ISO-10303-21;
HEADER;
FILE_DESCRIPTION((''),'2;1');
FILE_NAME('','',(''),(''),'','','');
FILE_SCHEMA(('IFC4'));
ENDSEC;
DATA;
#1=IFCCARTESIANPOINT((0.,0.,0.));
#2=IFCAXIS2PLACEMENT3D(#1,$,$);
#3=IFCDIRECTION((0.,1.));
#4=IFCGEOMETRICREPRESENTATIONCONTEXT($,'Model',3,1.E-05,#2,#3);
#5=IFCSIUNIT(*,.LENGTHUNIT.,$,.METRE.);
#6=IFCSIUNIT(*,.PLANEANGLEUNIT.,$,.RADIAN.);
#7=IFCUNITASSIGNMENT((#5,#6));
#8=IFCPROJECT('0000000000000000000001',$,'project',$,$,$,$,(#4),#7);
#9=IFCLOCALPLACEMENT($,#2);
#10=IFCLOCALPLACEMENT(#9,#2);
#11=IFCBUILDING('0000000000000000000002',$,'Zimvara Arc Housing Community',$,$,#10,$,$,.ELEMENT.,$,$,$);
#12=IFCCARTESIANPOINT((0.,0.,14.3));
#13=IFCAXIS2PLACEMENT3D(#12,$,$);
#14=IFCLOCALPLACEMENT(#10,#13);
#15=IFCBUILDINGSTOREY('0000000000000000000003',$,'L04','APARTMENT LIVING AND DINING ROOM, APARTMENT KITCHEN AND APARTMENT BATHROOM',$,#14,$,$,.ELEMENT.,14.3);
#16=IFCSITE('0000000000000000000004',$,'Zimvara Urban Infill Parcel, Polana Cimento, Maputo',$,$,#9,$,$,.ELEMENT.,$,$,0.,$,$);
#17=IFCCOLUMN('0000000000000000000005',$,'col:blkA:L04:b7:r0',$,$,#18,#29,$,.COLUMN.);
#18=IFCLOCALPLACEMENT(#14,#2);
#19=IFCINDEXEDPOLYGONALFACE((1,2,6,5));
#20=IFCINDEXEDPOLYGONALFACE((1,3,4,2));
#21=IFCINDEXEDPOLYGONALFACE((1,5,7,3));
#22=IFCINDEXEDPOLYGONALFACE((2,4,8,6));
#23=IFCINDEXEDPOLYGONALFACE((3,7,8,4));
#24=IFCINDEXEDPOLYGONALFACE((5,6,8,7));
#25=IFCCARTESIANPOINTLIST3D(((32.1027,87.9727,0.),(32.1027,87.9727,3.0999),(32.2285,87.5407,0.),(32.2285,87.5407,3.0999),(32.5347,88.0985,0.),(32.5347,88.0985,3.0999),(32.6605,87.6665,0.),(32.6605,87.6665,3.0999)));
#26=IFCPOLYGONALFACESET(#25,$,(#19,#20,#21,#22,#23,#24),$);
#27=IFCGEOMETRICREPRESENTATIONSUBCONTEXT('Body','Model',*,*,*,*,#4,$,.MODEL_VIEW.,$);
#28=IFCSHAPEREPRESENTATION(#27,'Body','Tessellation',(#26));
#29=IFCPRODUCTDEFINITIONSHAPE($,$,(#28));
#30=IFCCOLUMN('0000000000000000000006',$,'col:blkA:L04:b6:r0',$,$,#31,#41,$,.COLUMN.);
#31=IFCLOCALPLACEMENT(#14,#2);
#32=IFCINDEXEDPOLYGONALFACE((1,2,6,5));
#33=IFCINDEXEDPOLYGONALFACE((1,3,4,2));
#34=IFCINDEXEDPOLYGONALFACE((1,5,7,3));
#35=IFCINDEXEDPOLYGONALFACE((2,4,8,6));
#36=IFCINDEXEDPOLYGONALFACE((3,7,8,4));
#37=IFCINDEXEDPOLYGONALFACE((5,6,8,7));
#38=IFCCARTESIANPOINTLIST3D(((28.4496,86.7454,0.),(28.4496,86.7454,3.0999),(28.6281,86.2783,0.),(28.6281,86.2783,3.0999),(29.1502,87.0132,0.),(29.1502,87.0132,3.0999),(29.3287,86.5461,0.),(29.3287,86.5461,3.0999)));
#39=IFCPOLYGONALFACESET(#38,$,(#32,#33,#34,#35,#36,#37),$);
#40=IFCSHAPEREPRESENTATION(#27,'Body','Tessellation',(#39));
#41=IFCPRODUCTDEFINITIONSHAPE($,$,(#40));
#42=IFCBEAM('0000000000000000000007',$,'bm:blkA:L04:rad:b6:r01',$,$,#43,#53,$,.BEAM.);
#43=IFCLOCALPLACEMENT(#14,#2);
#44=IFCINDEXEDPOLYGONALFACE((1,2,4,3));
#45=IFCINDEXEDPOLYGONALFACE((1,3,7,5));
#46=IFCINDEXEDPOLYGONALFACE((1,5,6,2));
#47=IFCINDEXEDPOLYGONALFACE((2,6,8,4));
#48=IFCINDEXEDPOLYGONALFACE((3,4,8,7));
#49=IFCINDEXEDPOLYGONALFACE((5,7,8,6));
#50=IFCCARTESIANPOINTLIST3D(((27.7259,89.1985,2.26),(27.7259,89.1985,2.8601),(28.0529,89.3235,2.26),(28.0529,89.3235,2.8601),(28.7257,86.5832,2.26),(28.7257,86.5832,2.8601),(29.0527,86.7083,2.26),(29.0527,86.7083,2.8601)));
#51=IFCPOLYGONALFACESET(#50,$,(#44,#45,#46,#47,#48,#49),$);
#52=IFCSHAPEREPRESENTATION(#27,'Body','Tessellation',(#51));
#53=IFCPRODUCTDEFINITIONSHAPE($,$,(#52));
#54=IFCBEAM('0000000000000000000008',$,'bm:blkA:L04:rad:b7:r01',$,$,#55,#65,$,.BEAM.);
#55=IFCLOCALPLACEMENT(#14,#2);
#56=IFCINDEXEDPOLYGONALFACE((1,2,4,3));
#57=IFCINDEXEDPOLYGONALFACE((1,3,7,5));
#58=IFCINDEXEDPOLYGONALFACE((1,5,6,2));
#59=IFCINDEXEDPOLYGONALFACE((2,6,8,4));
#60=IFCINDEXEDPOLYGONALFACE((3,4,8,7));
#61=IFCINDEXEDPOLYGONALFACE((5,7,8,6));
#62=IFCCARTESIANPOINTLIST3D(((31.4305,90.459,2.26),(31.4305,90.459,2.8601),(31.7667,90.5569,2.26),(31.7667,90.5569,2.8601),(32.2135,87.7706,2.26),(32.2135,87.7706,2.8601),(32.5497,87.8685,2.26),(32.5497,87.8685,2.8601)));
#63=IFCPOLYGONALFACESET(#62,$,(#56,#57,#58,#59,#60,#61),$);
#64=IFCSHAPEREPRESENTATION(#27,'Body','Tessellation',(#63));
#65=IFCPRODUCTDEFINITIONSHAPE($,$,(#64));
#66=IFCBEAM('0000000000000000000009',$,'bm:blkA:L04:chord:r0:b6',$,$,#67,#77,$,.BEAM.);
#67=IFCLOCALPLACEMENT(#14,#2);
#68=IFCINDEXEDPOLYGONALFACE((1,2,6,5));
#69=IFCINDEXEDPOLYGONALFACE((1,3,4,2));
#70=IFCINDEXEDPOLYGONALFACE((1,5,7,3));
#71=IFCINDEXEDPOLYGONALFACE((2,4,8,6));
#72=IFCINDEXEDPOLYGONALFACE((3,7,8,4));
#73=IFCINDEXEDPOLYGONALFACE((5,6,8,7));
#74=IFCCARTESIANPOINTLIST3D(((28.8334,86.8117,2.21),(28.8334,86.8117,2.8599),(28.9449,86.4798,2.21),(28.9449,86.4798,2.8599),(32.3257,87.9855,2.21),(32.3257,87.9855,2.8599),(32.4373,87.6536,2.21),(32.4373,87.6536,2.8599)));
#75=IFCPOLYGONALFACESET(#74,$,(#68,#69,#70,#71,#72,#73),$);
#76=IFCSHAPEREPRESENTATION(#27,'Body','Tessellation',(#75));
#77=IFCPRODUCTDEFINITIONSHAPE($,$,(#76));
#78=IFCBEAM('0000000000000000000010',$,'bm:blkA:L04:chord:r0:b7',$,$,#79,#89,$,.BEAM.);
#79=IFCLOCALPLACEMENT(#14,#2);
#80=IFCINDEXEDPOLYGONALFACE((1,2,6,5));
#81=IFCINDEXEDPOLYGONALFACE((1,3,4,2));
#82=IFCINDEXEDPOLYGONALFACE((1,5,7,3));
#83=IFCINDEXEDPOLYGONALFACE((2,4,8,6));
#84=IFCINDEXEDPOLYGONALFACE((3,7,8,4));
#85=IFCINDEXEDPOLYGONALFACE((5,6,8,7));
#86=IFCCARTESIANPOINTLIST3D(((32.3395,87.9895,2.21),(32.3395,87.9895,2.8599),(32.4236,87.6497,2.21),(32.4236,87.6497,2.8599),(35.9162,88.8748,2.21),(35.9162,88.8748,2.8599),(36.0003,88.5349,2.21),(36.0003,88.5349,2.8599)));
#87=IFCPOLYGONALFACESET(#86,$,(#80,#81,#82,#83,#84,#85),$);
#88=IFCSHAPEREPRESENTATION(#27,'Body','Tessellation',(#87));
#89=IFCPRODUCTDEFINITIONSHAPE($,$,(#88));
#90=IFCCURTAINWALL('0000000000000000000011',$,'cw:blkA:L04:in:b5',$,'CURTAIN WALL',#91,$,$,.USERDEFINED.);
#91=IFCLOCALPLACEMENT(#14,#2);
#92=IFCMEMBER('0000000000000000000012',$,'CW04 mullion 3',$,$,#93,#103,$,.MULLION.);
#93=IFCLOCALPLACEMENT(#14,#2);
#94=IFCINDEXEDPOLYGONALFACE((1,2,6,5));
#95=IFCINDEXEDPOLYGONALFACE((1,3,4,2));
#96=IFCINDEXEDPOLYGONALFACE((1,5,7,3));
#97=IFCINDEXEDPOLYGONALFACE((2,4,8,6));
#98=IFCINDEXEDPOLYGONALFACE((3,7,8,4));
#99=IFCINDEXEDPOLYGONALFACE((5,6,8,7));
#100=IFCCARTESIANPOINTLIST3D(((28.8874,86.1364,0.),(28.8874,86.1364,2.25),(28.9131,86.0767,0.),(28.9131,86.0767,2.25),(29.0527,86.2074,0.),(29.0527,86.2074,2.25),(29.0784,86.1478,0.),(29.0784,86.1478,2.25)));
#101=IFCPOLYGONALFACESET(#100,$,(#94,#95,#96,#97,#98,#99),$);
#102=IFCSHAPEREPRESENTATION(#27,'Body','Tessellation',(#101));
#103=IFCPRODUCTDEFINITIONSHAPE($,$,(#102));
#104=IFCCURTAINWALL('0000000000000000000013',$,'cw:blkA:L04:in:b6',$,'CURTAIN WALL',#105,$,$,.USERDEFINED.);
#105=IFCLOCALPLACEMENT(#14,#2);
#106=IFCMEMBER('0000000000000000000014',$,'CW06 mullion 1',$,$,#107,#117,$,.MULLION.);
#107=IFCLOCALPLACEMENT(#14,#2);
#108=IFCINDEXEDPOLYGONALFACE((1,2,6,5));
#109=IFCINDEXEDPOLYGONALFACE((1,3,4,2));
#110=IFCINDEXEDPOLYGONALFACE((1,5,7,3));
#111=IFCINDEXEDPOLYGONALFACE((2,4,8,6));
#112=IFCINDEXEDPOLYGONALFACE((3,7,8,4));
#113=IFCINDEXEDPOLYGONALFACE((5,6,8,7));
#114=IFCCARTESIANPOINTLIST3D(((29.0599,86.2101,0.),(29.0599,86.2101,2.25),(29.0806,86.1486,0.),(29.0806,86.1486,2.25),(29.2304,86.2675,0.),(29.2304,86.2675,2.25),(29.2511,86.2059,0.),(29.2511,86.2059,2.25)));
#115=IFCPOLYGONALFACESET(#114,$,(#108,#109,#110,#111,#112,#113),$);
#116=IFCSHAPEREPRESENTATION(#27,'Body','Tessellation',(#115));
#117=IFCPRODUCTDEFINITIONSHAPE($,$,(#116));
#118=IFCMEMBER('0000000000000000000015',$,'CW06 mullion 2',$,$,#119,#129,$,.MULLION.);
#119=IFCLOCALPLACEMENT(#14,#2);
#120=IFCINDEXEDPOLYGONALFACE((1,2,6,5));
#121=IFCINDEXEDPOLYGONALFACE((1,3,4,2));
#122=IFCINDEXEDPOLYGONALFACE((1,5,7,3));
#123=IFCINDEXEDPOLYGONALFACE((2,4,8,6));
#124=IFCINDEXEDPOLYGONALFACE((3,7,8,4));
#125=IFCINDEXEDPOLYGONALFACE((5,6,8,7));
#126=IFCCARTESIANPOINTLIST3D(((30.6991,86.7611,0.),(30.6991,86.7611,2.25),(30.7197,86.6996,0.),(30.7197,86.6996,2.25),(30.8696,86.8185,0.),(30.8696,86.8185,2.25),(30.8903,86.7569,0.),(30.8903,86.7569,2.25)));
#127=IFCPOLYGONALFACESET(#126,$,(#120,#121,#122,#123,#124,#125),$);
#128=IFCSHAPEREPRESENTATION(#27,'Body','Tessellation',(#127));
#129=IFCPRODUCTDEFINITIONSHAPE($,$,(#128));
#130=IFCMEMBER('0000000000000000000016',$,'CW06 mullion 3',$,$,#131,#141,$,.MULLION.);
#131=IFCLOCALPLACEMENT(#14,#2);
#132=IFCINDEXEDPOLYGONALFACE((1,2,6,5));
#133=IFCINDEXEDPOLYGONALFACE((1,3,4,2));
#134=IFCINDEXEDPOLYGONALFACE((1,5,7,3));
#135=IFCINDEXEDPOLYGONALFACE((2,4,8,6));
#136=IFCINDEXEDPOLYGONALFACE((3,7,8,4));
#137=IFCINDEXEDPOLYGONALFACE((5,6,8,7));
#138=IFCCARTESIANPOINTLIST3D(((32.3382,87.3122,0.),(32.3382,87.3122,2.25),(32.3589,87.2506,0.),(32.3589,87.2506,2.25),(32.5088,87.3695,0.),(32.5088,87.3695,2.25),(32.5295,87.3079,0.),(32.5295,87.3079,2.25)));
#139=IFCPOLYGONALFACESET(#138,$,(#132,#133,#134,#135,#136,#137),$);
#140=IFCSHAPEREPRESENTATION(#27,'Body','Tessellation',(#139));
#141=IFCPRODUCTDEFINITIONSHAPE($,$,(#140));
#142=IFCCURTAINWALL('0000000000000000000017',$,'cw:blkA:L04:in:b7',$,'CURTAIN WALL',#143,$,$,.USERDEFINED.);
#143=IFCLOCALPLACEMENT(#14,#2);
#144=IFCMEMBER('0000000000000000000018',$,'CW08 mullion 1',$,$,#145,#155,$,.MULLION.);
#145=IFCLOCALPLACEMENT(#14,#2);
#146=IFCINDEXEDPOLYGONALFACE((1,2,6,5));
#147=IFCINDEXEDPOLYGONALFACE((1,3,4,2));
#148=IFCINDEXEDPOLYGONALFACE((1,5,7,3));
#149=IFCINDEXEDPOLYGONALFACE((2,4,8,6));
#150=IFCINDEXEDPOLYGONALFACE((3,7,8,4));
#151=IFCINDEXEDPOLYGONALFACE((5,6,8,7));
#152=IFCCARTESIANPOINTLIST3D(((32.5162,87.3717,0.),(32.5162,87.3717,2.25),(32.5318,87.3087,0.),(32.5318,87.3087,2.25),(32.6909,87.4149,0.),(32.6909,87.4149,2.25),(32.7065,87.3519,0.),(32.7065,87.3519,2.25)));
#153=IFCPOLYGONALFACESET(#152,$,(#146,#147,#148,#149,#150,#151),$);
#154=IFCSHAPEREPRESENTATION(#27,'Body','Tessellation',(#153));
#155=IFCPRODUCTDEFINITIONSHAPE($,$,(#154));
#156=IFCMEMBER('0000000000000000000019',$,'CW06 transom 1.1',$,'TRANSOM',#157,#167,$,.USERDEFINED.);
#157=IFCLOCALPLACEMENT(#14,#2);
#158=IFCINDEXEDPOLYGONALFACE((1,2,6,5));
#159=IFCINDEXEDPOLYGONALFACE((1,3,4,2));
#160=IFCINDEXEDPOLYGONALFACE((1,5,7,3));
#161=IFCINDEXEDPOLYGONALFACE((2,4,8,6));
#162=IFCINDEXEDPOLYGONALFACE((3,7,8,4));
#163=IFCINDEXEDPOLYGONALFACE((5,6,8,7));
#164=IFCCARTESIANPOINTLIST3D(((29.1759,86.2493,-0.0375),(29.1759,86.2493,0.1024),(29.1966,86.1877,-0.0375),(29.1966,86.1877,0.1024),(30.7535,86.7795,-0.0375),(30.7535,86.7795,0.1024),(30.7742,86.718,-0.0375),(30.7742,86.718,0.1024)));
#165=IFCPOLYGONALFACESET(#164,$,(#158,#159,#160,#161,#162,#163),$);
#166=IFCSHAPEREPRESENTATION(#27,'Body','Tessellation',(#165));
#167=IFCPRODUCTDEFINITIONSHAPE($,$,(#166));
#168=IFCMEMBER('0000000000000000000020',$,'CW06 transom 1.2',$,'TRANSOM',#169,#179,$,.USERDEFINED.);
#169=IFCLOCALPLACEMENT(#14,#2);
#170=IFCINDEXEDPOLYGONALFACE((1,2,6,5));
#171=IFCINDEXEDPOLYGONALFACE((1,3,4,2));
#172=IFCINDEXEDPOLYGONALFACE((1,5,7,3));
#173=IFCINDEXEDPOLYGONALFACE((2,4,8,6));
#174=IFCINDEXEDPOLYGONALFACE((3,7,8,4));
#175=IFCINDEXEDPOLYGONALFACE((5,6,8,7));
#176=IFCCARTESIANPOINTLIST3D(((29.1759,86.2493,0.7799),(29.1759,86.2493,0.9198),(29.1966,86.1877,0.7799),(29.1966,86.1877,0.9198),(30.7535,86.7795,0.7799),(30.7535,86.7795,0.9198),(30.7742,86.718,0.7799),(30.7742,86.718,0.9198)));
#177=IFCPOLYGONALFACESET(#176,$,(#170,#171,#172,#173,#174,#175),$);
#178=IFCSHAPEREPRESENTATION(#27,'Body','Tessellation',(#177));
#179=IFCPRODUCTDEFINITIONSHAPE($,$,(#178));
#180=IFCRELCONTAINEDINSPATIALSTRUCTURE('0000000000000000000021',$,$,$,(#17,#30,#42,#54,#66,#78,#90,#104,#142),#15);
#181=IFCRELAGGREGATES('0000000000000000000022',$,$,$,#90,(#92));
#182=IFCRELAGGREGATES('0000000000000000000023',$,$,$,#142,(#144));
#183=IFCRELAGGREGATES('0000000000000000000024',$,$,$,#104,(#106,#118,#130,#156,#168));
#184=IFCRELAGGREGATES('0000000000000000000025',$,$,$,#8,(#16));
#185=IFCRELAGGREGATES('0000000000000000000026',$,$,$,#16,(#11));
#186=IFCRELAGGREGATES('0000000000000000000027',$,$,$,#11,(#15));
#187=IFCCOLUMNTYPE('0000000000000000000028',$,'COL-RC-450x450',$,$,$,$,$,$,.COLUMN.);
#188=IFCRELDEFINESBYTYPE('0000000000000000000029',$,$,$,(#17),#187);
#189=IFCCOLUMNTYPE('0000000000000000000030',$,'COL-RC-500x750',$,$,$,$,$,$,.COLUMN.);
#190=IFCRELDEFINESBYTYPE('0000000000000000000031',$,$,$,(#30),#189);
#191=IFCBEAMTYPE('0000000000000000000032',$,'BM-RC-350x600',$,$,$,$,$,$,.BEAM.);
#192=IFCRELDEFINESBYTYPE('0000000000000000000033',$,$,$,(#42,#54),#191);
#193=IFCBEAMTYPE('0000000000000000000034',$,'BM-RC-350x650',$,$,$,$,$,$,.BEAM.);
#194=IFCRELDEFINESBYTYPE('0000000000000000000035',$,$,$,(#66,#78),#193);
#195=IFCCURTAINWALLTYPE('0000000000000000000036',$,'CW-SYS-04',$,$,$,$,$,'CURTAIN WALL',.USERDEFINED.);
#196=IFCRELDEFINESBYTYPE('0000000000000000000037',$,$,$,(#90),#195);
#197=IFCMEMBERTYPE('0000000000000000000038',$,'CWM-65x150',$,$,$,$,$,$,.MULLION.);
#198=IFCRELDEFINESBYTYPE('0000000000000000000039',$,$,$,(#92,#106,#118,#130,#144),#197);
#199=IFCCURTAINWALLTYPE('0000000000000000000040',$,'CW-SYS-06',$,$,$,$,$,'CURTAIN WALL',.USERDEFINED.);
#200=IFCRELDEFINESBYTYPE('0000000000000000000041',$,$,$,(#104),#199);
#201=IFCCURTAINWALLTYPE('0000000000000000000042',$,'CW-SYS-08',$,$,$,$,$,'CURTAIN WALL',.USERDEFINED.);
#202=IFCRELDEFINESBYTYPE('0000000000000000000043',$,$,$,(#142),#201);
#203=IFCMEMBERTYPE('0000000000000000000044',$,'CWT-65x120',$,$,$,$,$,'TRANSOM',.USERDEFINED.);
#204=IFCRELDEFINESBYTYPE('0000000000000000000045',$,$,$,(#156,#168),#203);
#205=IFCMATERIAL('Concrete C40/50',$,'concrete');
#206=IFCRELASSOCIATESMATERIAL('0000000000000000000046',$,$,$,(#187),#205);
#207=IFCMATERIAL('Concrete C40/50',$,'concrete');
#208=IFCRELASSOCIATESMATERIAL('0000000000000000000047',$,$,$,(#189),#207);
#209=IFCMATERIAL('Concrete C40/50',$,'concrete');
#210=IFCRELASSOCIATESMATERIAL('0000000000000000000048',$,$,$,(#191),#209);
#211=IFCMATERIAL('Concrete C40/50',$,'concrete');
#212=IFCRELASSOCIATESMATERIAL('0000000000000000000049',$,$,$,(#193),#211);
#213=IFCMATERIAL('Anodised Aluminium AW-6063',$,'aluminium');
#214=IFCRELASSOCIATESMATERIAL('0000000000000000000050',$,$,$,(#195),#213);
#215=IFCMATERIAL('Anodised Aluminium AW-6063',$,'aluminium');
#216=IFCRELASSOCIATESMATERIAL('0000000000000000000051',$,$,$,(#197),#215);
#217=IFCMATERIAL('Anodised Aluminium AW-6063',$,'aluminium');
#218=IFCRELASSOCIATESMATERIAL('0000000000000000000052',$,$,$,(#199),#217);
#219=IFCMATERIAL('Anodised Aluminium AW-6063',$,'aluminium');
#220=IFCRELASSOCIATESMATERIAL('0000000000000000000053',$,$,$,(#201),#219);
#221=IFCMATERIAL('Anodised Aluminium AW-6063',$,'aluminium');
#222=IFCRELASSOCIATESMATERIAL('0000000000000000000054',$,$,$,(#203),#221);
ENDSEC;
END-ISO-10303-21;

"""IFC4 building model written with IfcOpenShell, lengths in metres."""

from ifc_helpers import new_model, si_unit, direction, frame, origin, origin_2d, place, context, subcontext, project, spatial, rectangle, extrude, material, material_profile, profile_set, type_object, element, aggregate, save


model = new_model("IFC4")

# Units and contexts
model_context = context("Model", 3, precision=1e-05, world=origin(), true_north=direction((0.0, 1.0)))
body_context = subcontext(model_context, "Body", "Model", "MODEL_VIEW")
ifc_project = project(units=[si_unit("LENGTHUNIT", "METRE"), si_unit("PLANEANGLEUNIT", "RADIAN")], contexts=[model_context])

# Site, building, storey
site_placement = place(None, origin())
site = spatial("IfcSite", under=ifc_project, at=site_placement, Name="Zimvara Urban Infill Parcel, Polana Cimento, Maputo", CompositionType="ELEMENT", RefElevation=0.0)
building_placement = place(site_placement, origin())
building = spatial("IfcBuilding", under=site, at=building_placement, Name="Zimvara Arc Housing Community", CompositionType="ELEMENT")
storey_placement = place(building_placement, frame((0.0, 0.0, 14.3)))
storey = spatial("IfcBuildingStorey", under=building, at=storey_placement, Name="L04", Description="APARTMENT LIVING AND DINING ROOM, APARTMENT KITCHEN AND APARTMENT BATHROOM", CompositionType="ELEMENT", Elevation=14.3)

# Columns
ifc_material_1 = material(Name="Concrete C40/50", Category="concrete")
ifc_material_profile_1 = material_profile(ifc_material_1, rectangle(XDim=0.45, YDim=0.45, at=origin_2d()), Name="RC 450x450")
ifc_profile_set_1 = profile_set([ifc_material_profile_1], Name="Concrete C40/50")
column_type_1 = type_object("IfcColumnType", Name="COL-RC-450x450", PredefinedType="COLUMN", material=ifc_profile_set_1)
column_1_placement = place(storey_placement, frame((32.3816, 87.8196, 0.0), z_axis=(0.0, 0.0, 1.0), x_axis=(-0.279661, 0.960099, 0.0)))
element("IfcColumn", 1, at=column_1_placement, inside=storey, type_object=column_type_1, Name="col:blkA:L04:b7:r0", PredefinedType="COLUMN", context=body_context, shape_type="SweptSolid", body=[
    extrude(rectangle(XDim=0.45, YDim=0.45, at=origin_2d()), origin(), (0.0, 0.0, 1.0), 3.0999),
])
ifc_material_2 = material(Name="Concrete C40/50", Category="concrete")
ifc_material_profile_2 = material_profile(ifc_material_2, rectangle(XDim=0.5, YDim=0.75, at=origin_2d()), Name="RC 500x750")
ifc_profile_set_2 = profile_set([ifc_material_profile_2], Name="Concrete C40/50")
column_type_2 = type_object("IfcColumnType", Name="COL-RC-500x750", PredefinedType="COLUMN", material=ifc_profile_set_2)
column_2_placement = place(storey_placement, frame((28.8892, 86.6458, 0.0), z_axis=(0.0, 0.0, 1.0), x_axis=(-0.357064, 0.93408, 0.0)))
element("IfcColumn", 2, at=column_2_placement, inside=storey, type_object=column_type_2, Name="col:blkA:L04:b6:r0", PredefinedType="COLUMN", context=body_context, shape_type="SweptSolid", body=[
    extrude(rectangle(XDim=0.5, YDim=0.75, at=origin_2d()), origin(), (0.0, 0.0, 1.0), 3.0999),
])

# Beams
ifc_material_3 = material(Name="Concrete C40/50", Category="concrete")
ifc_material_profile_3 = material_profile(ifc_material_3, rectangle(XDim=0.3501, YDim=0.6001, at=origin_2d()), Name="RC 350x600")
ifc_profile_set_3 = profile_set([ifc_material_profile_3], Name="Concrete C40/50")
beam_type_1 = type_object("IfcBeamType", Name="BM-RC-350x600", PredefinedType="BEAM", material=ifc_profile_set_3)
beam_1_placement = place(storey_placement, frame((28.8892, 86.6458, 2.5601), z_axis=(-0.357079, 0.934074, 0.0), x_axis=(-0.934074, -0.357079, 0.0)))
element("IfcBeam", 3, at=beam_1_placement, inside=storey, type_object=beam_type_1, Name="bm:blkA:L04:rad:b6:r01", PredefinedType="BEAM", context=body_context, shape_type="SweptSolid", body=[
    extrude(rectangle(XDim=0.3501, YDim=0.6001, at=origin_2d()), origin(), (0.0, 0.0, 1.0), 2.7998),
])
beam_2_placement = place(storey_placement, frame((32.3816, 87.8196, 2.5601), z_axis=(-0.279635, 0.960106, 0.0), x_axis=(-0.960106, -0.279635, 0.0)))
element("IfcBeam", 4, at=beam_2_placement, inside=storey, type_object=beam_type_1, Name="bm:blkA:L04:rad:b7:r01", PredefinedType="BEAM", context=body_context, shape_type="SweptSolid", body=[
    extrude(rectangle(XDim=0.3501, YDim=0.6001, at=origin_2d()), origin(), (0.0, 0.0, 1.0), 2.8),
])
ifc_material_4 = material(Name="Concrete C40/50", Category="concrete")
ifc_material_profile_4 = material_profile(ifc_material_4, rectangle(XDim=0.3501, YDim=0.6499, at=origin_2d()), Name="RC 350x650")
ifc_profile_set_4 = profile_set([ifc_material_profile_4], Name="Concrete C40/50")
beam_type_2 = type_object("IfcBeamType", Name="BM-RC-350x650", PredefinedType="BEAM", material=ifc_profile_set_4)
beam_3_placement = place(storey_placement, frame((28.8892, 86.6458, 2.5349), z_axis=(0.947892, 0.318592, 0.0), x_axis=(-0.318592, 0.947892, 0.0)))
element("IfcBeam", 5, at=beam_3_placement, inside=storey, type_object=beam_type_2, Name="bm:blkA:L04:chord:r0:b6", PredefinedType="BEAM", context=body_context, shape_type="SweptSolid", body=[
    extrude(rectangle(XDim=0.3501, YDim=0.6499, at=origin_2d()), origin(), (0.0, 0.0, 1.0), 3.6843),
])
beam_4_placement = place(storey_placement, frame((32.3816, 87.8196, 2.5349), z_axis=(0.970709, 0.240259, 0.0), x_axis=(-0.240259, 0.970709, 0.0)))
element("IfcBeam", 6, at=beam_4_placement, inside=storey, type_object=beam_type_2, Name="bm:blkA:L04:chord:r0:b7", PredefinedType="BEAM", context=body_context, shape_type="SweptSolid", body=[
    extrude(rectangle(XDim=0.3501, YDim=0.6499, at=origin_2d()), origin(), (0.0, 0.0, 1.0), 3.6846),
])

# Curtain wall, member
ifc_material_5 = material(Name="Anodised Aluminium AW-6063", Category="aluminium")
curtain_wall_type_1 = type_object("IfcCurtainWallType", Name="CW-SYS-04", ElementType="CURTAIN WALL", PredefinedType="USERDEFINED", material=ifc_material_5)
curtain_wall_1_placement = place(storey_placement, origin())
curtain_wall_1 = element("IfcCurtainWall", 7, at=curtain_wall_1_placement, inside=storey, type_object=curtain_wall_type_1, Name="cw:blkA:L04:in:b5", ObjectType="CURTAIN WALL", PredefinedType="USERDEFINED")
ifc_material_6 = material(Name="Anodised Aluminium AW-6063", Category="aluminium")
ifc_material_profile_5 = material_profile(ifc_material_6, rectangle(XDim=0.0649, YDim=0.1799, at=origin_2d()), Name="ALU 65x180")
ifc_profile_set_5 = profile_set([ifc_material_profile_5], Name="Anodised Aluminium AW-6063")
member_type_1 = type_object("IfcMemberType", Name="CWM-65x150", PredefinedType="MULLION", material=ifc_profile_set_5)
member_1_placement = place(storey_placement, frame((28.9829, 86.1421, 0.0), z_axis=(0.0, 0.0, 1.0), x_axis=(-0.394904, 0.918722, 0.0)))
member_1 = element("IfcMember", 8, at=member_1_placement, type_object=member_type_1, Name="CW04 mullion 3", PredefinedType="MULLION", context=body_context, shape_type="SweptSolid", body=[
    extrude(rectangle(XDim=0.0649, YDim=0.1799, at=origin_2d()), origin(), (0.0, 0.0, 1.0), 2.25),
])
aggregate(curtain_wall_1, [member_1])

# Curtain wall, members
ifc_material_7 = material(Name="Anodised Aluminium AW-6063", Category="aluminium")
curtain_wall_type_2 = type_object("IfcCurtainWallType", Name="CW-SYS-06", ElementType="CURTAIN WALL", PredefinedType="USERDEFINED", material=ifc_material_7)
curtain_wall_2_placement = place(storey_placement, origin())
curtain_wall_2 = element("IfcCurtainWall", 9, at=curtain_wall_2_placement, inside=storey, type_object=curtain_wall_type_2, Name="cw:blkA:L04:in:b6", ObjectType="CURTAIN WALL", PredefinedType="USERDEFINED")
member_2_placement = place(storey_placement, frame((29.1555, 86.208, 0.0), z_axis=(0.0, 0.0, 1.0), x_axis=(-0.31863, 0.947879, 0.0)))
member_2 = element("IfcMember", 10, at=member_2_placement, type_object=member_type_1, Name="CW06 mullion 1", PredefinedType="MULLION", context=body_context, shape_type="SweptSolid", body=[
    extrude(rectangle(XDim=0.0649, YDim=0.1799, at=origin_2d()), origin(), (0.0, 0.0, 1.0), 2.25),
])
member_3_placement = place(storey_placement, frame((30.7947, 86.759, 0.0), z_axis=(0.0, 0.0, 1.0), x_axis=(-0.31863, 0.947879, 0.0)))
member_3 = element("IfcMember", 11, at=member_3_placement, type_object=member_type_1, Name="CW06 mullion 2", PredefinedType="MULLION", context=body_context, shape_type="SweptSolid", body=[
    extrude(rectangle(XDim=0.0649, YDim=0.1799, at=origin_2d()), origin(), (0.0, 0.0, 1.0), 2.25),
])
member_4_placement = place(storey_placement, frame((32.4338, 87.3101, 0.0), z_axis=(0.0, 0.0, 1.0), x_axis=(-0.31863, 0.947879, 0.0)))
member_4 = element("IfcMember", 12, at=member_4_placement, type_object=member_type_1, Name="CW06 mullion 3", PredefinedType="MULLION", context=body_context, shape_type="SweptSolid", body=[
    extrude(rectangle(XDim=0.0649, YDim=0.1799, at=origin_2d()), origin(), (0.0, 0.0, 1.0), 2.25),
])

# Curtain wall, member
ifc_material_8 = material(Name="Anodised Aluminium AW-6063", Category="aluminium")
curtain_wall_type_3 = type_object("IfcCurtainWallType", Name="CW-SYS-08", ElementType="CURTAIN WALL", PredefinedType="USERDEFINED", material=ifc_material_8)
curtain_wall_3_placement = place(storey_placement, origin())
curtain_wall_3 = element("IfcCurtainWall", 13, at=curtain_wall_3_placement, inside=storey, type_object=curtain_wall_type_3, Name="cw:blkA:L04:in:b7", ObjectType="CURTAIN WALL", PredefinedType="USERDEFINED")
member_5_placement = place(storey_placement, frame((32.6113, 87.3618, 0.0), z_axis=(0.0, 0.0, 1.0), x_axis=(-0.240228, 0.970717, 0.0)))
member_5 = element("IfcMember", 14, at=member_5_placement, type_object=member_type_1, Name="CW08 mullion 1", PredefinedType="MULLION", context=body_context, shape_type="SweptSolid", body=[
    extrude(rectangle(XDim=0.0649, YDim=0.1799, at=origin_2d()), origin(), (0.0, 0.0, 1.0), 2.25),
])

# Members
ifc_material_9 = material(Name="Anodised Aluminium AW-6063", Category="aluminium")
ifc_material_profile_6 = material_profile(ifc_material_9, rectangle(XDim=0.0649, YDim=0.1399, at=origin_2d()), Name="ALU 65x140")
ifc_profile_set_6 = profile_set([ifc_material_profile_6], Name="Anodised Aluminium AW-6063")
member_type_2 = type_object("IfcMemberType", Name="CWT-65x120", ElementType="TRANSOM", PredefinedType="USERDEFINED", material=ifc_profile_set_6)
member_6_placement = place(storey_placement, frame((29.1863, 86.2185, 0.0325), z_axis=(0.947888, 0.318603, 0.0), x_axis=(-0.318603, 0.947888, 0.0)))
member_6 = element("IfcMember", 15, at=member_6_placement, type_object=member_type_2, Name="CW06 transom 1.1", ObjectType="TRANSOM", PredefinedType="USERDEFINED", context=body_context, shape_type="SweptSolid", body=[
    extrude(rectangle(XDim=0.0649, YDim=0.1399, at=origin_2d()), origin(), (0.0, 0.0, 1.0), 1.6643),
])
member_7_placement = place(storey_placement, frame((29.1863, 86.2185, 0.8499), z_axis=(0.947888, 0.318603, 0.0), x_axis=(-0.318603, 0.947888, 0.0)))
member_7 = element("IfcMember", 16, at=member_7_placement, type_object=member_type_2, Name="CW06 transom 1.2", ObjectType="TRANSOM", PredefinedType="USERDEFINED", context=body_context, shape_type="SweptSolid", body=[
    extrude(rectangle(XDim=0.0649, YDim=0.1399, at=origin_2d()), origin(), (0.0, 0.0, 1.0), 1.6643),
])
aggregate(curtain_wall_3, [member_5])

aggregate(curtain_wall_2, [member_2, member_3, member_4, member_6, member_7])

save(model, "model.ifc")
